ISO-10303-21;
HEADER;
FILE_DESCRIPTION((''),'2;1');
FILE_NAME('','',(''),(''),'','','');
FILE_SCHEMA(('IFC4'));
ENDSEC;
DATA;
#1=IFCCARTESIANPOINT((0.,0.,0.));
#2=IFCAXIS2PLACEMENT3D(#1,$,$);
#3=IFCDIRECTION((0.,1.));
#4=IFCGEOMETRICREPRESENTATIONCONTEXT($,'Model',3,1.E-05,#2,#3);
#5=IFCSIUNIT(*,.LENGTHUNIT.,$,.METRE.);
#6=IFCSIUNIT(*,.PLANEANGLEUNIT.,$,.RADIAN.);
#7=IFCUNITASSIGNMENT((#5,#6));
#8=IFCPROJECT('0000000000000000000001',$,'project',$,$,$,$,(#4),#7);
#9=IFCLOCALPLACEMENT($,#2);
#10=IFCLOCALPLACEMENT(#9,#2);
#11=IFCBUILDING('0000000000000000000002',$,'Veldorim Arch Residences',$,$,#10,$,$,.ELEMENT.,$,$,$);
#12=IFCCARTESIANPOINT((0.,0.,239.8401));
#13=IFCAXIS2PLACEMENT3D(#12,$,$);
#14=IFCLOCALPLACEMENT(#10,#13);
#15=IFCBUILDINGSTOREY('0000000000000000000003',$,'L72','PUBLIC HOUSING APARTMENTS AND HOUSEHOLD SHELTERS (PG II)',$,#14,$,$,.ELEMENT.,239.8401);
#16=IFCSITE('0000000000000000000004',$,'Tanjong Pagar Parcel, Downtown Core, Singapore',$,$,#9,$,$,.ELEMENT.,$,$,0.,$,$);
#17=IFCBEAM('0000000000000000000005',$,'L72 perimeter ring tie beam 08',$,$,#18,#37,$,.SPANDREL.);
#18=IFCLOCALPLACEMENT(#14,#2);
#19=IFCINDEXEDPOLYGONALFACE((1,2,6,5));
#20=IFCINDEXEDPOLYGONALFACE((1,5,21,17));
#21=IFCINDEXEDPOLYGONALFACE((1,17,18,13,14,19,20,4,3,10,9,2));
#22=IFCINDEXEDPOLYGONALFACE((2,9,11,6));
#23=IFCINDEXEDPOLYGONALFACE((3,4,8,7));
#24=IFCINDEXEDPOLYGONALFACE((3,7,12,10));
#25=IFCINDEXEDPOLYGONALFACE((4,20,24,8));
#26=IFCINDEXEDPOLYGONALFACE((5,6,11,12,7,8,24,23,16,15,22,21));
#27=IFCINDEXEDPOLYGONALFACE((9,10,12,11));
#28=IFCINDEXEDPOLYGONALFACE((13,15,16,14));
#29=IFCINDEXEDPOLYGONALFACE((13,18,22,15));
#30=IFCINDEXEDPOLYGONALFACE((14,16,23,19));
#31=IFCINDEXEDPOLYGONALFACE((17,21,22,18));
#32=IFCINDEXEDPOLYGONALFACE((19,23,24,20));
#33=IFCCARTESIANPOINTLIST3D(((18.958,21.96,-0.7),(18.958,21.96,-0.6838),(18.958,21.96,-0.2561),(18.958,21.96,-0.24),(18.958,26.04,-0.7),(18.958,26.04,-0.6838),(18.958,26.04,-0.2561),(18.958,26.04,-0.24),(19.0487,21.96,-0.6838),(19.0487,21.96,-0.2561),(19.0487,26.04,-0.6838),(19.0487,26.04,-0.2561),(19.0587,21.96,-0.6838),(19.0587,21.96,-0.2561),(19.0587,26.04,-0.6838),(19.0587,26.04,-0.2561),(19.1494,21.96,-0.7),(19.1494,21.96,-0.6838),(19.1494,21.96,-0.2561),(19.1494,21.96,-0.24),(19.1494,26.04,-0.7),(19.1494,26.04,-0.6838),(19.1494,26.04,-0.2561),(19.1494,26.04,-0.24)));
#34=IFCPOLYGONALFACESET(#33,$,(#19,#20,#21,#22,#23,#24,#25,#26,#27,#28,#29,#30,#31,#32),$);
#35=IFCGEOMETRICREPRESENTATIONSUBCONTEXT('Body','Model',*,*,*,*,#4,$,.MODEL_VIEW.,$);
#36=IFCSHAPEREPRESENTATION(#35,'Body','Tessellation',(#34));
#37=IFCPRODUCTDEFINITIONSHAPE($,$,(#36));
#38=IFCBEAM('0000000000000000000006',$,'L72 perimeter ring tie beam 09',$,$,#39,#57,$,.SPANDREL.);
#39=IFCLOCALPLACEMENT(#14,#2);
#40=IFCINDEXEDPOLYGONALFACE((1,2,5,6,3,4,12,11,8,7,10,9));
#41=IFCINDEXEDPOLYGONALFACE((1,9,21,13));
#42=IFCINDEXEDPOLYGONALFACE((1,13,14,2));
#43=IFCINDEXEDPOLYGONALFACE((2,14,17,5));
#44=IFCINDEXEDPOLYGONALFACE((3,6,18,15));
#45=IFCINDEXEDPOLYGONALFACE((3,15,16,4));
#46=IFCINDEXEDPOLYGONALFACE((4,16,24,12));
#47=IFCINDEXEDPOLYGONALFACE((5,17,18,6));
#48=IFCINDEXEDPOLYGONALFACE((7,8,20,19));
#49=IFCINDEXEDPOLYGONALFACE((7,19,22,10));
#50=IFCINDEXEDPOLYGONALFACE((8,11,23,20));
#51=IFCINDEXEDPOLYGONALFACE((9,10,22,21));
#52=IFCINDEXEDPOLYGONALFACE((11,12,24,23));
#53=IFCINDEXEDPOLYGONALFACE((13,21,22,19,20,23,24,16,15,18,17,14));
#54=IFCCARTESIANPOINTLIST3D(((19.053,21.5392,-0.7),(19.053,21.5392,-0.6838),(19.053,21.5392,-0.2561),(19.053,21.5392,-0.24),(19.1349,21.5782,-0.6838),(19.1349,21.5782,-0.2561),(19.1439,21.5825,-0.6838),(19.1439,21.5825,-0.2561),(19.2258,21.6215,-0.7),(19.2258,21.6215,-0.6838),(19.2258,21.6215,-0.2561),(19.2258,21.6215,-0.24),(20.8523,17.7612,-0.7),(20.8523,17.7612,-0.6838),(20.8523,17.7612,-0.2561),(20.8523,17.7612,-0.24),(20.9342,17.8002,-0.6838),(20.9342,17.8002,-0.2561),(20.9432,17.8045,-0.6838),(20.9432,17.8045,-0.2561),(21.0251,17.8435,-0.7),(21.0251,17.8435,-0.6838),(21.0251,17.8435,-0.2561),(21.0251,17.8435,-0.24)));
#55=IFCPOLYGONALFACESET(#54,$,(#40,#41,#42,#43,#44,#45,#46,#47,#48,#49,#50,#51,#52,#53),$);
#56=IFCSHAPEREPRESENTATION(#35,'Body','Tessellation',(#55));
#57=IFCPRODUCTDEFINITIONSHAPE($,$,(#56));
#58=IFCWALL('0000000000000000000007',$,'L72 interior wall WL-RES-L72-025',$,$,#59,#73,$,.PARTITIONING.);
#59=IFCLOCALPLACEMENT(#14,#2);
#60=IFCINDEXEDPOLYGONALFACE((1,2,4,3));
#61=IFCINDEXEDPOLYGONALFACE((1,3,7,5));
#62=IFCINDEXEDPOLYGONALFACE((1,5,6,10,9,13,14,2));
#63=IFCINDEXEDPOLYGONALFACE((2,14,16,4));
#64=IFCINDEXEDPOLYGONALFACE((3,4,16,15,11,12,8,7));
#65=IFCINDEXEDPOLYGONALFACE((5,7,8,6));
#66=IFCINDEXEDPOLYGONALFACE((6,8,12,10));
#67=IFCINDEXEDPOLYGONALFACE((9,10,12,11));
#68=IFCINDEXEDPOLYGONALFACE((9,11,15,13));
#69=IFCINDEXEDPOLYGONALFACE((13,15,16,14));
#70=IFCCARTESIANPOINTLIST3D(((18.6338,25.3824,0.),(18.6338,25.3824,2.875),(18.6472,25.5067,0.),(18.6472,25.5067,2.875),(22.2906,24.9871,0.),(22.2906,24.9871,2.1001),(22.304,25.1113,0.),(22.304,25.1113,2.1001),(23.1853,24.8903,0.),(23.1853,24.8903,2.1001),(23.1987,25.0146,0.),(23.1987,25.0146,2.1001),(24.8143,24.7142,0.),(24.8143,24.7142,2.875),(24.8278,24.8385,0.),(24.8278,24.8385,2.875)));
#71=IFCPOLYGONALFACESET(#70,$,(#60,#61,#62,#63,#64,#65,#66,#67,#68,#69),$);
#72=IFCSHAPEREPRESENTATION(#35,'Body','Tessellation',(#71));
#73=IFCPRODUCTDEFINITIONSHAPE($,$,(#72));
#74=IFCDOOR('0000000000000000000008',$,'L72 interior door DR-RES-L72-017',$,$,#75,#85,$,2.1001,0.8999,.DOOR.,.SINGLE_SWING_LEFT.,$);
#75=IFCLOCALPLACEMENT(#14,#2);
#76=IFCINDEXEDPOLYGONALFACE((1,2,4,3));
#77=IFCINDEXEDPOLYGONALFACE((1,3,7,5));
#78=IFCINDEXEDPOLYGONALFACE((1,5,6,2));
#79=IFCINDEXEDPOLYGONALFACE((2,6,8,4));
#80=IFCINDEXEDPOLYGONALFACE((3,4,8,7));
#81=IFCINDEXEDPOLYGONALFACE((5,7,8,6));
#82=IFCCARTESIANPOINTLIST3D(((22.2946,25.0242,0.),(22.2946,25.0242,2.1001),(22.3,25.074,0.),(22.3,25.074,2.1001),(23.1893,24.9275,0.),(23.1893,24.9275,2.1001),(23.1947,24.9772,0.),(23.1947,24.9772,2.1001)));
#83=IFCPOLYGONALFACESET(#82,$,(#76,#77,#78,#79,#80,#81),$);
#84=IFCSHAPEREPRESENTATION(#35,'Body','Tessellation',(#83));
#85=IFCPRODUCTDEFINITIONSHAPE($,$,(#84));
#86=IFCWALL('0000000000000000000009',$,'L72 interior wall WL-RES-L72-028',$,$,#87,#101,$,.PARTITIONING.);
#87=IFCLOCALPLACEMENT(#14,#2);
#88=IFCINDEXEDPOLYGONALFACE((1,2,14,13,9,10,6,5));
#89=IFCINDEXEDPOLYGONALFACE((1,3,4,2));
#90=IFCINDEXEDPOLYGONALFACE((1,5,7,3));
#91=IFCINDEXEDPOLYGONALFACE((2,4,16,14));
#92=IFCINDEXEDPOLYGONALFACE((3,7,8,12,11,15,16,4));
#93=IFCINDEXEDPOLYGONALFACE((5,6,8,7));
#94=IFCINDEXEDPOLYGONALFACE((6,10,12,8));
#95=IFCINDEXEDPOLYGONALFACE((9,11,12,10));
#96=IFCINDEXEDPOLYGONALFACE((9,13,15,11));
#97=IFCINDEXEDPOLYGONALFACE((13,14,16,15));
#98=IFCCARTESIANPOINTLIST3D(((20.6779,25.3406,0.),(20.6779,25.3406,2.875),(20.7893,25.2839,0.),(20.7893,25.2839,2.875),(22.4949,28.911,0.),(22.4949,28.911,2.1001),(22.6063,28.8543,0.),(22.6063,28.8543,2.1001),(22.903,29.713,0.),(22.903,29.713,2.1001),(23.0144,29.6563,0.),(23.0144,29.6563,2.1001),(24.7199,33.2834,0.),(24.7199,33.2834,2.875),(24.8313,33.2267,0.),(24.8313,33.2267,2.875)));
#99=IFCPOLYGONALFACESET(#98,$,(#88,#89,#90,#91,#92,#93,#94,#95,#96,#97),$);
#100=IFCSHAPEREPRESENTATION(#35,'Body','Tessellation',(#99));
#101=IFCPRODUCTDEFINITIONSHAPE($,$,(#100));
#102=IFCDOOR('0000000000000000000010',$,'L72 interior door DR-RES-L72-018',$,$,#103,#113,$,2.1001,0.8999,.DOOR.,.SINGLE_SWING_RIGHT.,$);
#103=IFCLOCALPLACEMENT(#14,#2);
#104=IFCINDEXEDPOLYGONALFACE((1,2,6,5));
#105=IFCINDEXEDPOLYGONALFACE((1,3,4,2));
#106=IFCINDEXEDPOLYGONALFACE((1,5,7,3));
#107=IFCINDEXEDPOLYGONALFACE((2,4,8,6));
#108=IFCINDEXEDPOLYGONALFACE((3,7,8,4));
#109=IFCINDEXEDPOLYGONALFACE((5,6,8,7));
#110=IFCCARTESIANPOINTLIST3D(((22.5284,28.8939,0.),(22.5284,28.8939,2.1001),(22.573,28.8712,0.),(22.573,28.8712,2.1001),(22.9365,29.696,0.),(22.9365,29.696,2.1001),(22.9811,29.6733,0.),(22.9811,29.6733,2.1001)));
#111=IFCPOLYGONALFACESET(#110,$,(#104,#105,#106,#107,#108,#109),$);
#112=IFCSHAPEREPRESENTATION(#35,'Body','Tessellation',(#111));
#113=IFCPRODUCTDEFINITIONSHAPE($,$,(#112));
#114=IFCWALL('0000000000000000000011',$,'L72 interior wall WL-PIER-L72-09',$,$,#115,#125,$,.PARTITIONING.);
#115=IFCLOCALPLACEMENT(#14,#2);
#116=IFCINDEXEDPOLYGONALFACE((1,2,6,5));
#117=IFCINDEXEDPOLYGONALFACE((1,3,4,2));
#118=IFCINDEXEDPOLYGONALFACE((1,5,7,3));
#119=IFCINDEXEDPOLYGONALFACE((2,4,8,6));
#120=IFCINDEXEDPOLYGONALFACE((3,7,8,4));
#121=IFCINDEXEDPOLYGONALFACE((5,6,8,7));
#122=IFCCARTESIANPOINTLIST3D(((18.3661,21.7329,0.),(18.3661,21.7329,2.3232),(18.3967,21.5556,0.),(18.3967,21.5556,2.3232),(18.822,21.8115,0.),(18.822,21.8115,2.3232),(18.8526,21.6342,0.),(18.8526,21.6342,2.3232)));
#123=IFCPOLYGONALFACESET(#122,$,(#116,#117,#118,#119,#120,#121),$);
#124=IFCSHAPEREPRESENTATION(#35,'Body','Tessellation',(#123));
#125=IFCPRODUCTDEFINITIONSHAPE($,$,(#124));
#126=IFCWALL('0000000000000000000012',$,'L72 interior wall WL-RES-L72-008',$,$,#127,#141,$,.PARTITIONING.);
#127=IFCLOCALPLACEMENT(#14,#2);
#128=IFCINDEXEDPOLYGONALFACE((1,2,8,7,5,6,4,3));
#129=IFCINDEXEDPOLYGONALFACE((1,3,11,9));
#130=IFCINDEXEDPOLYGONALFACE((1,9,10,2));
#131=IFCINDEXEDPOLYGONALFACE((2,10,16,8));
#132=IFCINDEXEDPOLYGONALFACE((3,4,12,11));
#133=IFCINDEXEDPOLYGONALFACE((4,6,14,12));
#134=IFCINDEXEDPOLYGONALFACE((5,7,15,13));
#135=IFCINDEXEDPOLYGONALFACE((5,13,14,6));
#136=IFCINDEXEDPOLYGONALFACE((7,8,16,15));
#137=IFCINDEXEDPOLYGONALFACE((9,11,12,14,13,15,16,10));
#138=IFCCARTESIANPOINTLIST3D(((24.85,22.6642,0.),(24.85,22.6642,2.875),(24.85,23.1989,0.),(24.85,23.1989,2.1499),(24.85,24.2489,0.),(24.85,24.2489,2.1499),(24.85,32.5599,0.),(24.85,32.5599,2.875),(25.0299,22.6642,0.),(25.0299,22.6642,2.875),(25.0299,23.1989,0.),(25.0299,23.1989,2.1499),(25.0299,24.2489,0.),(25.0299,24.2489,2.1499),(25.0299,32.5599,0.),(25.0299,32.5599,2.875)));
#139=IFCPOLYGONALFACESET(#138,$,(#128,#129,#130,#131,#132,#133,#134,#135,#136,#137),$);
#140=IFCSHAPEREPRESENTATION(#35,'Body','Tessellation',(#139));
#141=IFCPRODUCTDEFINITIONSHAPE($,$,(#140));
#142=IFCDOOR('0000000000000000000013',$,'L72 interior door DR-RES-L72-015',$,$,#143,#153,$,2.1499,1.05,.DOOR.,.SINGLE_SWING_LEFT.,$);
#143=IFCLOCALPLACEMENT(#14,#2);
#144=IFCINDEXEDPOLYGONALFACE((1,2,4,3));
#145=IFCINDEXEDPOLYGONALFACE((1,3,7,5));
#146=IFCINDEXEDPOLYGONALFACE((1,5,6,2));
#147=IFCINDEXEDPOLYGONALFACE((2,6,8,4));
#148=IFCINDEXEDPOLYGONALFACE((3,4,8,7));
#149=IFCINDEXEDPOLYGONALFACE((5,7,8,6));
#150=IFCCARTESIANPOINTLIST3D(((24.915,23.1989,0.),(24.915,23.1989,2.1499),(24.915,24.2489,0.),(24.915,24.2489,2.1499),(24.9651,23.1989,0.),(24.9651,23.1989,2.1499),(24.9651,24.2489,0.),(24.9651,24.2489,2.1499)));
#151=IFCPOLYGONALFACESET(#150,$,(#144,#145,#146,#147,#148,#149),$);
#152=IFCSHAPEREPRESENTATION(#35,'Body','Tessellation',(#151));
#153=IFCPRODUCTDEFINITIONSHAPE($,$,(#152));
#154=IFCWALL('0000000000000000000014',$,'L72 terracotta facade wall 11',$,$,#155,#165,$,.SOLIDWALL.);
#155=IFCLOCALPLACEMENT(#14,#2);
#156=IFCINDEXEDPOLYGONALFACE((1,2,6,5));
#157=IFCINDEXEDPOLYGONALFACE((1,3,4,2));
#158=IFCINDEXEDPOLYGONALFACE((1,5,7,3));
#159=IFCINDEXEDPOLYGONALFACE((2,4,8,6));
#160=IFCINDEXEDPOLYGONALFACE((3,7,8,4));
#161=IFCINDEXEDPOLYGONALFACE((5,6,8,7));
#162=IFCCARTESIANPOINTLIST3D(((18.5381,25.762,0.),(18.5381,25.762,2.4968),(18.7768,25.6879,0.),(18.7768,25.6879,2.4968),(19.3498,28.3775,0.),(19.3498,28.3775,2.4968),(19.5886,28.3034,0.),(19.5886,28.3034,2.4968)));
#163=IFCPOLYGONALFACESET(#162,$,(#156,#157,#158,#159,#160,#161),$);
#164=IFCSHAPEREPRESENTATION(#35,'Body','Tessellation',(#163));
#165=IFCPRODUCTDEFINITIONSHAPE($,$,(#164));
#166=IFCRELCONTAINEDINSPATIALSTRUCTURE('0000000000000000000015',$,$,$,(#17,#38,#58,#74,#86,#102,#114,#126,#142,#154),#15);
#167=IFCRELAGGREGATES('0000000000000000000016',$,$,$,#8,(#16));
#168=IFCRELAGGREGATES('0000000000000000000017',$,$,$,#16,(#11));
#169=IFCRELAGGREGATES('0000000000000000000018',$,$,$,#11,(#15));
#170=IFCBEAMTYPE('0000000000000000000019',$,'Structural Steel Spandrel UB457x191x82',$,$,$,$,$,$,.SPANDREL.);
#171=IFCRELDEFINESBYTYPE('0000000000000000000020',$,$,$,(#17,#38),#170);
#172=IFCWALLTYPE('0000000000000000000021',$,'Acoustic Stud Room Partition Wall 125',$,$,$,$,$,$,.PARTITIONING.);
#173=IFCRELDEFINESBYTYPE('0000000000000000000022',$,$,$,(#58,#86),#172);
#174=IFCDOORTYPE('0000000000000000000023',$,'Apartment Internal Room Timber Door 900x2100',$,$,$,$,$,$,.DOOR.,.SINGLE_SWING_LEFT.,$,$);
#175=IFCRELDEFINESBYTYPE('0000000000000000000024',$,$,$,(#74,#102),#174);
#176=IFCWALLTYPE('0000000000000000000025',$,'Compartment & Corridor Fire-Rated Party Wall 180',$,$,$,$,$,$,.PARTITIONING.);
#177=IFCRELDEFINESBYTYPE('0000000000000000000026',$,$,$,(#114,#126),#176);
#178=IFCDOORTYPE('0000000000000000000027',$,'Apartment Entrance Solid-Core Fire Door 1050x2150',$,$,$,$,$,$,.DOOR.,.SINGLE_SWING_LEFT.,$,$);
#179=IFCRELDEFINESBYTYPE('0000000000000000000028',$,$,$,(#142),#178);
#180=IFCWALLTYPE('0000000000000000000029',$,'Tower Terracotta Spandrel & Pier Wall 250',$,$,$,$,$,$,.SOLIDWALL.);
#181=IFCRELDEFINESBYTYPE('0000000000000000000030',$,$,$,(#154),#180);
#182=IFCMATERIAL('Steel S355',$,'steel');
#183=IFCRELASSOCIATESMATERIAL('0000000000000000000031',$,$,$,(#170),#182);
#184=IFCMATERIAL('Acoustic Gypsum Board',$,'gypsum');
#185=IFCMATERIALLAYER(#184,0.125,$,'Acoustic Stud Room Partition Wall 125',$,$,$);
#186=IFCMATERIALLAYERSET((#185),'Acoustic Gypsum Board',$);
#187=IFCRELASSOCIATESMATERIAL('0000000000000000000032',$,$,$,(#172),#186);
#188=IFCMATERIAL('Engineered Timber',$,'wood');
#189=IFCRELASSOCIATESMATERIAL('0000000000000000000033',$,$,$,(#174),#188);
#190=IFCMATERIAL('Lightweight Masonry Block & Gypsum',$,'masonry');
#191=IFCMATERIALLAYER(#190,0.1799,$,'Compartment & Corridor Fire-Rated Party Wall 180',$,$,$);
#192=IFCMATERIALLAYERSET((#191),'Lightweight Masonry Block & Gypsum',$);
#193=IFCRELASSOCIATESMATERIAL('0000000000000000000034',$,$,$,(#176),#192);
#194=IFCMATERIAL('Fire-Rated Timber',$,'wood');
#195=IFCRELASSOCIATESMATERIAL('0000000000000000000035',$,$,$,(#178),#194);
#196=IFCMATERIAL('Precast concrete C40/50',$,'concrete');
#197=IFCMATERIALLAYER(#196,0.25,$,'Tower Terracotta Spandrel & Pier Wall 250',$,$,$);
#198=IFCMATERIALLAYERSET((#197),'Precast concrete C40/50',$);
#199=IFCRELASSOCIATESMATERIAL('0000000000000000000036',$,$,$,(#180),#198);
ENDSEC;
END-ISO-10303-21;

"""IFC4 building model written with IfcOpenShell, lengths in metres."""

from ifc_helpers import new_model, si_unit, direction, frame, frame_2d, origin, origin_2d, place, context, subcontext, project, spatial, rectangle, i_section, extrude, material, layer, layer_set, material_profile, profile_set, type_object, element, fill, save


model = new_model("IFC4")

# Units and contexts
model_context = context("Model", 3, precision=1e-05, world=origin(), true_north=direction((0.0, 1.0)))
body_context = subcontext(model_context, "Body", "Model", "MODEL_VIEW")
ifc_project = project(units=[si_unit("LENGTHUNIT", "METRE"), si_unit("PLANEANGLEUNIT", "RADIAN")], contexts=[model_context])

# Site, building, storey
site_placement = place(None, origin())
site = spatial("IfcSite", under=ifc_project, at=site_placement, Name="Tanjong Pagar Parcel, Downtown Core, Singapore", CompositionType="ELEMENT", RefElevation=0.0)
building_placement = place(site_placement, origin())
building = spatial("IfcBuilding", under=site, at=building_placement, Name="Veldorim Arch Residences", CompositionType="ELEMENT")
storey_placement = place(building_placement, frame((0.0, 0.0, 239.8401)))
storey = spatial("IfcBuildingStorey", under=building, at=storey_placement, Name="L72", Description="PUBLIC HOUSING APARTMENTS AND HOUSEHOLD SHELTERS (PG II)", CompositionType="ELEMENT", Elevation=239.8401)

# Beams
ifc_material_1 = material(Name="Steel S355", Category="steel")
ifc_material_profile_1 = material_profile(ifc_material_1, i_section(OverallWidth=0.1914, OverallDepth=0.46, WebThickness=0.01, FlangeThickness=0.0161, at=origin_2d()), Name="UB457x191x82")
ifc_profile_set_1 = profile_set([ifc_material_profile_1], Name="Steel S355")
beam_type_1 = type_object("IfcBeamType", Name="Structural Steel Spandrel UB457x191x82", PredefinedType="SPANDREL", material=ifc_profile_set_1)
beam_1_placement = place(storey_placement, frame((19.0537, 26.04, -0.47), z_axis=(0.0, -1.0, 0.0), x_axis=(1.0, 0.0, 0.0)))
element("IfcBeam", 1, at=beam_1_placement, inside=storey, type_object=beam_type_1, Name="L72 perimeter ring tie beam 08", PredefinedType="SPANDREL", context=body_context, shape_type="SweptSolid", body=[
    extrude(i_section(OverallWidth=0.1914, OverallDepth=0.46, WebThickness=0.01, FlangeThickness=0.0161, at=origin_2d()), origin(), (0.0, 0.0, 1.0), 4.0801),
])
beam_2_placement = place(storey_placement, frame((19.1394, 21.5803, -0.47), z_axis=(0.429979, -0.902839, 0.0), x_axis=(0.902839, 0.429979, 0.0)))
element("IfcBeam", 2, at=beam_2_placement, inside=storey, type_object=beam_type_1, Name="L72 perimeter ring tie beam 09", PredefinedType="SPANDREL", context=body_context, shape_type="SweptSolid", body=[
    extrude(i_section(OverallWidth=0.1914, OverallDepth=0.46, WebThickness=0.01, FlangeThickness=0.0161, at=origin_2d()), origin(), (0.0, 0.0, 1.0), 4.1846),
])

# Walls, openings, doors
ifc_material_2 = material(Name="Acoustic Gypsum Board", Category="gypsum")
ifc_layer_1 = layer(ifc_material_2, 0.125, Name="Acoustic Stud Room Partition Wall 125")
ifc_layer_set_1 = layer_set([ifc_layer_1], Name="Acoustic Gypsum Board")
wall_type_1 = type_object("IfcWallType", Name="Acoustic Stud Room Partition Wall 125", PredefinedType="PARTITIONING", material=ifc_layer_set_1)
wall_1_placement = place(storey_placement, frame((18.6404, 25.4446, 0.0), z_axis=(0.0, 0.0, 1.0), x_axis=(0.994206, -0.107491, 0.0)))
wall_1 = element("IfcWall", 3, at=wall_1_placement, inside=storey, type_object=wall_type_1, Name="L72 interior wall WL-RES-L72-025", PredefinedType="PARTITIONING", context=body_context, shape_type="SweptSolid", body=[
    extrude(rectangle(XDim=6.2166, YDim=0.125, at=frame_2d((3.1084, 0.0))), origin(), (0.0, 0.0, 1.0), 2.875),
])
opening_1_placement = place(wall_1_placement, frame((3.6782, 0.0, 0.0)))
opening_1 = element("IfcOpeningElement", 4, at=opening_1_placement, cuts=wall_1, PredefinedType="OPENING", context=body_context, shape_type="SweptSolid", body=[
    extrude(rectangle(XDim=0.8999, YDim=2.1001, at=frame_2d((0.45, 1.05))), frame((0.0, 0.0725, 0.0), z_axis=(0.0, -1.0, 0.0), x_axis=(1.0, 0.0, 0.0)), (0.0, 0.0, 1.0), 0.145),
])
ifc_material_3 = material(Name="Engineered Timber", Category="wood")
door_type_1 = type_object("IfcDoorType", Name="Apartment Internal Room Timber Door 900x2100", OperationType="SINGLE_SWING_LEFT", PredefinedType="DOOR", material=ifc_material_3)
door_1_placement = place(opening_1_placement, origin())
door_1 = element("IfcDoor", 5, at=door_1_placement, inside=storey, type_object=door_type_1, Name="L72 interior door DR-RES-L72-017", OperationType="SINGLE_SWING_LEFT", OverallHeight=2.1001, OverallWidth=0.8999, PredefinedType="DOOR", context=body_context, shape_type="SweptSolid", body=[
    extrude(rectangle(XDim=0.8999, YDim=2.1001, at=frame_2d((0.45, 1.05))), frame((0.0, 0.0249, 0.0), z_axis=(0.0, -1.0, 0.0), x_axis=(1.0, 0.0, 0.0)), (0.0, 0.0, 1.0), 0.05),
])
fill(opening_1, door_1)
wall_2_placement = place(storey_placement, frame((20.7336, 25.3123, 0.0), z_axis=(0.0, 0.0, 1.0), x_axis=(0.453536, 0.891238, 0.0)))
wall_2 = element("IfcWall", 6, at=wall_2_placement, inside=storey, type_object=wall_type_1, Name="L72 interior wall WL-RES-L72-028", PredefinedType="PARTITIONING", context=body_context, shape_type="SweptSolid", body=[
    extrude(rectangle(XDim=8.9121, YDim=0.125, at=frame_2d((4.4561, 0.0))), origin(), (0.0, 0.0, 1.0), 2.875),
])
opening_2_placement = place(wall_2_placement, frame((4.0061, 0.0, 0.0)))
opening_2 = element("IfcOpeningElement", 7, at=opening_2_placement, cuts=wall_2, PredefinedType="OPENING", context=body_context, shape_type="SweptSolid", body=[
    extrude(rectangle(XDim=0.8999, YDim=2.1001, at=frame_2d((0.45, 1.05))), frame((0.0, 0.0725, 0.0), z_axis=(0.0, -1.0, 0.0), x_axis=(1.0, 0.0, 0.0)), (0.0, 0.0, 1.0), 0.145),
])
door_2_placement = place(opening_2_placement, origin())
door_2 = element("IfcDoor", 8, at=door_2_placement, inside=storey, type_object=door_type_1, Name="L72 interior door DR-RES-L72-018", OperationType="SINGLE_SWING_RIGHT", OverallHeight=2.1001, OverallWidth=0.8999, PredefinedType="DOOR", context=body_context, shape_type="SweptSolid", body=[
    extrude(rectangle(XDim=0.8999, YDim=2.1001, at=frame_2d((0.45, 1.05))), frame((0.0, 0.0249, 0.0), z_axis=(0.0, -1.0, 0.0), x_axis=(1.0, 0.0, 0.0)), (0.0, 0.0, 1.0), 0.05),
])
fill(opening_2, door_2)

# Wall
ifc_material_4 = material(Name="Lightweight Masonry Block & Gypsum", Category="masonry")
ifc_layer_2 = layer(ifc_material_4, 0.1799, Name="Compartment & Corridor Fire-Rated Party Wall 180")
ifc_layer_set_2 = layer_set([ifc_layer_2], Name="Lightweight Masonry Block & Gypsum")
wall_type_2 = type_object("IfcWallType", Name="Compartment & Corridor Fire-Rated Party Wall 180", PredefinedType="PARTITIONING", material=ifc_layer_set_2)
wall_3_placement = place(storey_placement, frame((18.8374, 21.7229, 0.0), z_axis=(0.0, 0.0, 1.0), x_axis=(-0.985451, -0.16996, 0.0)))
element("IfcWall", 9, at=wall_3_placement, inside=storey, type_object=wall_type_2, Name="L72 interior wall WL-PIER-L72-09", PredefinedType="PARTITIONING", context=body_context, shape_type="SweptSolid", body=[
    extrude(rectangle(XDim=0.4626, YDim=0.1799, at=frame_2d((0.2314, 0.0))), origin(), (0.0, 0.0, 1.0), 2.3232),
])

# Wall, opening, door
wall_4_placement = place(storey_placement, frame((24.9399, 22.6643, 0.0), z_axis=(0.0, 0.0, 1.0), x_axis=(0.0, 1.0, 0.0)))
wall_4 = element("IfcWall", 10, at=wall_4_placement, inside=storey, type_object=wall_type_2, Name="L72 interior wall WL-RES-L72-008", PredefinedType="PARTITIONING", context=body_context, shape_type="SweptSolid", body=[
    extrude(rectangle(XDim=9.8958, YDim=0.1799, at=frame_2d((4.9478, 0.0))), origin(), (0.0, 0.0, 1.0), 2.875),
])
opening_3_placement = place(wall_4_placement, frame((0.5347, 0.0, 0.0)))
opening_3 = element("IfcOpeningElement", 11, at=opening_3_placement, cuts=wall_4, PredefinedType="OPENING", context=body_context, shape_type="SweptSolid", body=[
    extrude(rectangle(XDim=1.05, YDim=2.1499, at=frame_2d((0.5249, 1.075))), frame((0.0, 0.0999, 0.0), z_axis=(0.0, -1.0, 0.0), x_axis=(1.0, 0.0, 0.0)), (0.0, 0.0, 1.0), 0.2),
])
ifc_material_5 = material(Name="Fire-Rated Timber", Category="wood")
door_type_2 = type_object("IfcDoorType", Name="Apartment Entrance Solid-Core Fire Door 1050x2150", OperationType="SINGLE_SWING_LEFT", PredefinedType="DOOR", material=ifc_material_5)
door_3_placement = place(opening_3_placement, origin())
door_3 = element("IfcDoor", 12, at=door_3_placement, inside=storey, type_object=door_type_2, Name="L72 interior door DR-RES-L72-015", OperationType="SINGLE_SWING_LEFT", OverallHeight=2.1499, OverallWidth=1.05, PredefinedType="DOOR", context=body_context, shape_type="SweptSolid", body=[
    extrude(rectangle(XDim=1.05, YDim=2.1499, at=frame_2d((0.5249, 1.075))), frame((0.0, 0.0249, 0.0), z_axis=(0.0, -1.0, 0.0), x_axis=(1.0, 0.0, 0.0)), (0.0, 0.0, 1.0), 0.05),
])
fill(opening_3, door_3)

# Wall
ifc_material_6 = material(Name="Precast concrete C40/50", Category="concrete")
ifc_layer_3 = layer(ifc_material_6, 0.25, Name="Tower Terracotta Spandrel & Pier Wall 250")
ifc_layer_set_3 = layer_set([ifc_layer_3], Name="Precast concrete C40/50")
wall_type_3 = type_object("IfcWallType", Name="Tower Terracotta Spandrel & Pier Wall 250", PredefinedType="SOLIDWALL", material=ifc_layer_set_3)
wall_5_placement = place(storey_placement, frame((18.6575, 25.7251, 0.0), z_axis=(0.0, 0.0, 1.0), x_axis=(0.296422, 0.955057, 0.0)))
element("IfcWall", 13, at=wall_5_placement, inside=storey, type_object=wall_type_3, Name="L72 terracotta facade wall 11", PredefinedType="SOLIDWALL", context=body_context, shape_type="SweptSolid", body=[
    extrude(rectangle(XDim=2.7385, YDim=0.25, at=frame_2d((1.3691, 0.0))), origin(), (0.0, 0.0, 1.0), 2.4968),
])

save(model, "model.ifc")
